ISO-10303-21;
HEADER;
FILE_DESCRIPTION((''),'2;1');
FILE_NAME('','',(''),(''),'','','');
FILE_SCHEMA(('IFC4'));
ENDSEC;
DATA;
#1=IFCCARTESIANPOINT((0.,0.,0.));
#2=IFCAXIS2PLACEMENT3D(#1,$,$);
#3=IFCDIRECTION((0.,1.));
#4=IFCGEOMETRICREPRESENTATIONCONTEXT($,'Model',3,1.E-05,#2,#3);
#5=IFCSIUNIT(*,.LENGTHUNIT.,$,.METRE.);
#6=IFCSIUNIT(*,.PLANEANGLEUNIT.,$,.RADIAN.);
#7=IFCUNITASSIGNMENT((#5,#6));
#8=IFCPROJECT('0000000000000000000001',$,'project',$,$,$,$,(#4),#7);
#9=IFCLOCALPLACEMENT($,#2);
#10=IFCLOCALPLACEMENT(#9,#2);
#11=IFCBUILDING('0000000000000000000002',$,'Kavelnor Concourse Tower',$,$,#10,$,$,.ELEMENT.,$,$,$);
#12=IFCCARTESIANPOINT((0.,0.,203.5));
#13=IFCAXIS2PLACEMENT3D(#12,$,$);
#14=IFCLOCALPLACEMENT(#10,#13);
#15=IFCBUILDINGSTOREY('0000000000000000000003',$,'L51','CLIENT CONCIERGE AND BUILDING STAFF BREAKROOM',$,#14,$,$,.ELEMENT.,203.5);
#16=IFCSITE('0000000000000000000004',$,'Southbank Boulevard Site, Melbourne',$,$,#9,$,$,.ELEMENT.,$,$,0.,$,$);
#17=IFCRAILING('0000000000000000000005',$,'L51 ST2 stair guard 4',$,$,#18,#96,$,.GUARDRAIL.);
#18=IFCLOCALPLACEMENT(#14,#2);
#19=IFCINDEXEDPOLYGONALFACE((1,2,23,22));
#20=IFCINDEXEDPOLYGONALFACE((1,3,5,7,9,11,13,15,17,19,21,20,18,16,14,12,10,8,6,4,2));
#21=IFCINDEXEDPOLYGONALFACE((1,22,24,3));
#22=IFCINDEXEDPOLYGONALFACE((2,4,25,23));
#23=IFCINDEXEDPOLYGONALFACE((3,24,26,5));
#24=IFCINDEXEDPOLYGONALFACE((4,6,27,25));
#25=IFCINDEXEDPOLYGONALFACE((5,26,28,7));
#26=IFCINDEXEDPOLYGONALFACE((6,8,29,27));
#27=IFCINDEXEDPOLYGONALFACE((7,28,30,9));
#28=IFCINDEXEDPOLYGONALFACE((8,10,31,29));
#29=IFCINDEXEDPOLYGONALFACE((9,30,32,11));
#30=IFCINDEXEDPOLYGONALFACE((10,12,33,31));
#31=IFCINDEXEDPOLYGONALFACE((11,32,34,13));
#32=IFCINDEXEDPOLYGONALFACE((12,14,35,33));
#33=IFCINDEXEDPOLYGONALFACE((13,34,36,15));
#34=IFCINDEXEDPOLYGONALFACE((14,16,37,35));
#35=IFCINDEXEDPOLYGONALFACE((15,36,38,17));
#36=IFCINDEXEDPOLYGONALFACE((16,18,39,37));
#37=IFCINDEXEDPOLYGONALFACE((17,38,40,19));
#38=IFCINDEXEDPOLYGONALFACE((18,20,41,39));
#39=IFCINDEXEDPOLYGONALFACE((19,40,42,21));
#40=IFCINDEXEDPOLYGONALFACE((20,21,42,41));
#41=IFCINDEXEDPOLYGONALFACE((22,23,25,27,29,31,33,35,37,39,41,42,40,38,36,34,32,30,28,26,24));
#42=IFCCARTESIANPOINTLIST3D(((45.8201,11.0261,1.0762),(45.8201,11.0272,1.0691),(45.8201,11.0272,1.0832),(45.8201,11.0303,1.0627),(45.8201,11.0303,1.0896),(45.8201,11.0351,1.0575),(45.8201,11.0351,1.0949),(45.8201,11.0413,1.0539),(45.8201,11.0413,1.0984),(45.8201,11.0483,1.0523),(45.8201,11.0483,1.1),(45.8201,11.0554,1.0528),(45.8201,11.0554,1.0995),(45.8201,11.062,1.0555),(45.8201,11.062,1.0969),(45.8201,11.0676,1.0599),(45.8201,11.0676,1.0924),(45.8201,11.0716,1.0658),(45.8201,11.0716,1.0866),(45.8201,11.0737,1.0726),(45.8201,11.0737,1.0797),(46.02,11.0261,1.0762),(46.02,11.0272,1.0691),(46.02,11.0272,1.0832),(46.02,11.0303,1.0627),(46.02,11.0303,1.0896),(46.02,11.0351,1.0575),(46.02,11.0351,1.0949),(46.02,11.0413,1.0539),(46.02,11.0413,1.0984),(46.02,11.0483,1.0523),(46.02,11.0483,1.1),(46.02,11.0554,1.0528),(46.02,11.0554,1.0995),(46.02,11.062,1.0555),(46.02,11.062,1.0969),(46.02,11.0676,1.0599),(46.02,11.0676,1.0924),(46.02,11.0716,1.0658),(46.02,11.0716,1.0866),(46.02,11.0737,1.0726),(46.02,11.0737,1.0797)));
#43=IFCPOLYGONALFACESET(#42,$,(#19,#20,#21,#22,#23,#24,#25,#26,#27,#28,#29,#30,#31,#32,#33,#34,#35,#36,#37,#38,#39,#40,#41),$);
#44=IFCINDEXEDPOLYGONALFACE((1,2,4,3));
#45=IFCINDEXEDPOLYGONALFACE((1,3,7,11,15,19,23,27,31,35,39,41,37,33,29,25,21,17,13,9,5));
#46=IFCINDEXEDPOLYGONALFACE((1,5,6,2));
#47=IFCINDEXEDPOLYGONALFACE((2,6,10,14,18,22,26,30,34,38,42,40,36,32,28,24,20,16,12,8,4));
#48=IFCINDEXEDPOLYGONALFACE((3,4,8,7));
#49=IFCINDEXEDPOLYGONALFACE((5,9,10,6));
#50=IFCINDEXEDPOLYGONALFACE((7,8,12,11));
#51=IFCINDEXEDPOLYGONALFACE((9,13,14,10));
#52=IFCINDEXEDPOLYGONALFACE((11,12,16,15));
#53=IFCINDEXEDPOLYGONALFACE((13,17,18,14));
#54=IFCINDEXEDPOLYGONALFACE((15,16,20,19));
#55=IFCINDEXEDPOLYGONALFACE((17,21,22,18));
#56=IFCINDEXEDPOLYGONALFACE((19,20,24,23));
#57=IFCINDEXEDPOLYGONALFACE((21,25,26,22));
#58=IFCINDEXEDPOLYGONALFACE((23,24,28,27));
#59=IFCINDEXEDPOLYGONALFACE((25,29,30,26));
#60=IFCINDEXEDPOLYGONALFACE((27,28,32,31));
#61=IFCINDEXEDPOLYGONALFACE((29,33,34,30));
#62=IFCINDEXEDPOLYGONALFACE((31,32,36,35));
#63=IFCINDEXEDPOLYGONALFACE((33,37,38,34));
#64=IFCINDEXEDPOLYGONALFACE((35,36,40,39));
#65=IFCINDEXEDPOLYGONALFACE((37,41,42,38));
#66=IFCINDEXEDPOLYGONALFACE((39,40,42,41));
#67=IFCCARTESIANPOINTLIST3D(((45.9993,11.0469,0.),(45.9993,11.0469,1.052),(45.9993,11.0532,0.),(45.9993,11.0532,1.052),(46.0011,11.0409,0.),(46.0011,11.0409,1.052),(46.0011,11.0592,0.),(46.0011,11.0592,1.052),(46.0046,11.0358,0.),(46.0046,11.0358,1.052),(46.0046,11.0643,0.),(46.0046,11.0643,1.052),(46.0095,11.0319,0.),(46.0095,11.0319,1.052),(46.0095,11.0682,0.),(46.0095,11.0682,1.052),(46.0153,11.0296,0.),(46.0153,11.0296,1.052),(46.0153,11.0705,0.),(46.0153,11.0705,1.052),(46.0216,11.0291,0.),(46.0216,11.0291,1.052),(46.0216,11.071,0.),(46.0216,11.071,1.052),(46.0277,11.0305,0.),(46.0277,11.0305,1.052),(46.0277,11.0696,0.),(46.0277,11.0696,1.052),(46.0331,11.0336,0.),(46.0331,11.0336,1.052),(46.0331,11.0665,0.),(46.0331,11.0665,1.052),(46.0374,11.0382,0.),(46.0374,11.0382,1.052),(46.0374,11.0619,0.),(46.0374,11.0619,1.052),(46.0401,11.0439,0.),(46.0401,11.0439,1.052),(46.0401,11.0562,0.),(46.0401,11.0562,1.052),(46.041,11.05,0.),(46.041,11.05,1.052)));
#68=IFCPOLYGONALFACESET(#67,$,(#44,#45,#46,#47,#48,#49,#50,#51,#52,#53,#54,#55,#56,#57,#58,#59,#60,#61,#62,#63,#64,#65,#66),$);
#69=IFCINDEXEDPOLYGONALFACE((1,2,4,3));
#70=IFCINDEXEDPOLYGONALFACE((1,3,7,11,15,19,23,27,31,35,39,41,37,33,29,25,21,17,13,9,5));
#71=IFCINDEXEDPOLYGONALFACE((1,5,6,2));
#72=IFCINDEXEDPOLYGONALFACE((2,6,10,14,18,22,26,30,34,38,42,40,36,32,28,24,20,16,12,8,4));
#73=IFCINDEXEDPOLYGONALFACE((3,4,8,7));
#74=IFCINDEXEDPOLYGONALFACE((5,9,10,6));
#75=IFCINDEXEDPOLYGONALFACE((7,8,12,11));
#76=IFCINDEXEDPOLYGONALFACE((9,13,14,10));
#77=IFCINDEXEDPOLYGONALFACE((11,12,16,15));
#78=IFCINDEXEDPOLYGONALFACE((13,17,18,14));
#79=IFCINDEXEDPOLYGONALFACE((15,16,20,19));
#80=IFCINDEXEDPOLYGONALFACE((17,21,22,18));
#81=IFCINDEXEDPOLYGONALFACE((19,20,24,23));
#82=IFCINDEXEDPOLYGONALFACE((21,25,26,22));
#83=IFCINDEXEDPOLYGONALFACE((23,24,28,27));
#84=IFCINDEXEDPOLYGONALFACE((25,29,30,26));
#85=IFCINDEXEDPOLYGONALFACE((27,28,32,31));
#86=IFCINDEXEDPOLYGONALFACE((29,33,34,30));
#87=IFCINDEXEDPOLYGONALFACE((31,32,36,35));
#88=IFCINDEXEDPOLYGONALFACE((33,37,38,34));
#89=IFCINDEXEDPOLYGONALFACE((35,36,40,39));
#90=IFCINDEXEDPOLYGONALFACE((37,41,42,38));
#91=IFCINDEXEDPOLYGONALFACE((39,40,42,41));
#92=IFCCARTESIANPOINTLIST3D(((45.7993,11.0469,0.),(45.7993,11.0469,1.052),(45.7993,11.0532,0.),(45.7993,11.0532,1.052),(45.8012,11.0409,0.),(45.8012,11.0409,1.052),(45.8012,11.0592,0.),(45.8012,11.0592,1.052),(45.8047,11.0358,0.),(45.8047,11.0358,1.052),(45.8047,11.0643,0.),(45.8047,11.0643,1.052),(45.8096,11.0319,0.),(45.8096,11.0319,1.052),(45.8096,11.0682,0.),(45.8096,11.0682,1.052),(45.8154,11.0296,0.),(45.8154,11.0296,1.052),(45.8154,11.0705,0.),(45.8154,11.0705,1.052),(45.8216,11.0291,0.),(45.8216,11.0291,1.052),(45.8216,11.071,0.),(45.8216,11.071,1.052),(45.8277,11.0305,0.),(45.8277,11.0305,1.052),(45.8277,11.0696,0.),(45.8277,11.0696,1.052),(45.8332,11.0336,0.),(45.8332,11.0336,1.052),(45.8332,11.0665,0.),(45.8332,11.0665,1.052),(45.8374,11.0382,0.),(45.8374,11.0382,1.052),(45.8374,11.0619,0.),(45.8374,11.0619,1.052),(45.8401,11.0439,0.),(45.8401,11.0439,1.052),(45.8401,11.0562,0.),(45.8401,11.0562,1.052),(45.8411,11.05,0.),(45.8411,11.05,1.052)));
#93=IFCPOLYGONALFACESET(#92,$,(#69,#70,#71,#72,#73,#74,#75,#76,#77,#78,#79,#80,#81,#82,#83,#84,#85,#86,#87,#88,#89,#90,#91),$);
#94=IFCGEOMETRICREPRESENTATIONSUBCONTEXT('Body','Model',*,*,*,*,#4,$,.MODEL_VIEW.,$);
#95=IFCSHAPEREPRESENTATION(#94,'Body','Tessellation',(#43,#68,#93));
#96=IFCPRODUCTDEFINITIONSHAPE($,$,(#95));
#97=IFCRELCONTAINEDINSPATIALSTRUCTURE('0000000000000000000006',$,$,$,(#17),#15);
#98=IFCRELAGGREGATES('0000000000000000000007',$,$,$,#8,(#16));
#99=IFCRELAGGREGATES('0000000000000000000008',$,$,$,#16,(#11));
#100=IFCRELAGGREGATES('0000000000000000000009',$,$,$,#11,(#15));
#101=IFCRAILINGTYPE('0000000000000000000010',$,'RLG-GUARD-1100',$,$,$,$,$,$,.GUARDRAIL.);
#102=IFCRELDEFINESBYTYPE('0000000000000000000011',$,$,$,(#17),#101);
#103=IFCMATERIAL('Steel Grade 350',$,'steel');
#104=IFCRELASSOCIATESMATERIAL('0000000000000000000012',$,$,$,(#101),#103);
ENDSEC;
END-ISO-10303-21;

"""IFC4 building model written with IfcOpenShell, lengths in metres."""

from ifc_helpers import new_model, si_unit, direction, frame, origin, origin_2d, place, context, subcontext, project, spatial, circle, extrude, material, type_object, element, save


model = new_model("IFC4")

# Units and contexts
model_context = context("Model", 3, precision=1e-05, world=origin(), true_north=direction((0.0, 1.0)))
body_context = subcontext(model_context, "Body", "Model", "MODEL_VIEW")
ifc_project = project(units=[si_unit("LENGTHUNIT", "METRE"), si_unit("PLANEANGLEUNIT", "RADIAN")], contexts=[model_context])

# Site, building, storey
site_placement = place(None, origin())
site = spatial("IfcSite", under=ifc_project, at=site_placement, Name="Southbank Boulevard Site, Melbourne", CompositionType="ELEMENT", RefElevation=0.0)
building_placement = place(site_placement, origin())
building = spatial("IfcBuilding", under=site, at=building_placement, Name="Kavelnor Concourse Tower", CompositionType="ELEMENT")
storey_placement = place(building_placement, frame((0.0, 0.0, 203.5)))
storey = spatial("IfcBuildingStorey", under=building, at=storey_placement, Name="L51", Description="CLIENT CONCIERGE AND BUILDING STAFF BREAKROOM", CompositionType="ELEMENT", Elevation=203.5)

# Shared definitions
ifc_material_1 = material(Name="Steel Grade 350", Category="steel")

# Railing
railing_type_1 = type_object("IfcRailingType", Name="RLG-GUARD-1100", PredefinedType="GUARDRAIL", material=ifc_material_1)
railing_1_placement = place(storey_placement, frame((46.02, 11.05, 0.0)))
element("IfcRailing", 1, at=railing_1_placement, inside=storey, type_object=railing_type_1, Name="L51 ST2 stair guard 4", PredefinedType="GUARDRAIL", context=body_context, shape_type="SweptSolid", body=[
    extrude(circle(Radius=0.0239, at=origin_2d()), frame((0.0, 0.0, 1.0762), z_axis=(-1.0, 0.0, 0.0), x_axis=(0.0, -1.0, 0.0)), (0.0, 0.0, 1.0), 0.2),
    extrude(circle(Radius=0.021, at=origin_2d()), origin(), (0.0, 0.0, 1.0), 1.052),
    extrude(circle(Radius=0.021, at=origin_2d()), frame((-0.2, 0.0, 0.0)), (0.0, 0.0, 1.0), 1.052),
])

save(model, "model.ifc")
